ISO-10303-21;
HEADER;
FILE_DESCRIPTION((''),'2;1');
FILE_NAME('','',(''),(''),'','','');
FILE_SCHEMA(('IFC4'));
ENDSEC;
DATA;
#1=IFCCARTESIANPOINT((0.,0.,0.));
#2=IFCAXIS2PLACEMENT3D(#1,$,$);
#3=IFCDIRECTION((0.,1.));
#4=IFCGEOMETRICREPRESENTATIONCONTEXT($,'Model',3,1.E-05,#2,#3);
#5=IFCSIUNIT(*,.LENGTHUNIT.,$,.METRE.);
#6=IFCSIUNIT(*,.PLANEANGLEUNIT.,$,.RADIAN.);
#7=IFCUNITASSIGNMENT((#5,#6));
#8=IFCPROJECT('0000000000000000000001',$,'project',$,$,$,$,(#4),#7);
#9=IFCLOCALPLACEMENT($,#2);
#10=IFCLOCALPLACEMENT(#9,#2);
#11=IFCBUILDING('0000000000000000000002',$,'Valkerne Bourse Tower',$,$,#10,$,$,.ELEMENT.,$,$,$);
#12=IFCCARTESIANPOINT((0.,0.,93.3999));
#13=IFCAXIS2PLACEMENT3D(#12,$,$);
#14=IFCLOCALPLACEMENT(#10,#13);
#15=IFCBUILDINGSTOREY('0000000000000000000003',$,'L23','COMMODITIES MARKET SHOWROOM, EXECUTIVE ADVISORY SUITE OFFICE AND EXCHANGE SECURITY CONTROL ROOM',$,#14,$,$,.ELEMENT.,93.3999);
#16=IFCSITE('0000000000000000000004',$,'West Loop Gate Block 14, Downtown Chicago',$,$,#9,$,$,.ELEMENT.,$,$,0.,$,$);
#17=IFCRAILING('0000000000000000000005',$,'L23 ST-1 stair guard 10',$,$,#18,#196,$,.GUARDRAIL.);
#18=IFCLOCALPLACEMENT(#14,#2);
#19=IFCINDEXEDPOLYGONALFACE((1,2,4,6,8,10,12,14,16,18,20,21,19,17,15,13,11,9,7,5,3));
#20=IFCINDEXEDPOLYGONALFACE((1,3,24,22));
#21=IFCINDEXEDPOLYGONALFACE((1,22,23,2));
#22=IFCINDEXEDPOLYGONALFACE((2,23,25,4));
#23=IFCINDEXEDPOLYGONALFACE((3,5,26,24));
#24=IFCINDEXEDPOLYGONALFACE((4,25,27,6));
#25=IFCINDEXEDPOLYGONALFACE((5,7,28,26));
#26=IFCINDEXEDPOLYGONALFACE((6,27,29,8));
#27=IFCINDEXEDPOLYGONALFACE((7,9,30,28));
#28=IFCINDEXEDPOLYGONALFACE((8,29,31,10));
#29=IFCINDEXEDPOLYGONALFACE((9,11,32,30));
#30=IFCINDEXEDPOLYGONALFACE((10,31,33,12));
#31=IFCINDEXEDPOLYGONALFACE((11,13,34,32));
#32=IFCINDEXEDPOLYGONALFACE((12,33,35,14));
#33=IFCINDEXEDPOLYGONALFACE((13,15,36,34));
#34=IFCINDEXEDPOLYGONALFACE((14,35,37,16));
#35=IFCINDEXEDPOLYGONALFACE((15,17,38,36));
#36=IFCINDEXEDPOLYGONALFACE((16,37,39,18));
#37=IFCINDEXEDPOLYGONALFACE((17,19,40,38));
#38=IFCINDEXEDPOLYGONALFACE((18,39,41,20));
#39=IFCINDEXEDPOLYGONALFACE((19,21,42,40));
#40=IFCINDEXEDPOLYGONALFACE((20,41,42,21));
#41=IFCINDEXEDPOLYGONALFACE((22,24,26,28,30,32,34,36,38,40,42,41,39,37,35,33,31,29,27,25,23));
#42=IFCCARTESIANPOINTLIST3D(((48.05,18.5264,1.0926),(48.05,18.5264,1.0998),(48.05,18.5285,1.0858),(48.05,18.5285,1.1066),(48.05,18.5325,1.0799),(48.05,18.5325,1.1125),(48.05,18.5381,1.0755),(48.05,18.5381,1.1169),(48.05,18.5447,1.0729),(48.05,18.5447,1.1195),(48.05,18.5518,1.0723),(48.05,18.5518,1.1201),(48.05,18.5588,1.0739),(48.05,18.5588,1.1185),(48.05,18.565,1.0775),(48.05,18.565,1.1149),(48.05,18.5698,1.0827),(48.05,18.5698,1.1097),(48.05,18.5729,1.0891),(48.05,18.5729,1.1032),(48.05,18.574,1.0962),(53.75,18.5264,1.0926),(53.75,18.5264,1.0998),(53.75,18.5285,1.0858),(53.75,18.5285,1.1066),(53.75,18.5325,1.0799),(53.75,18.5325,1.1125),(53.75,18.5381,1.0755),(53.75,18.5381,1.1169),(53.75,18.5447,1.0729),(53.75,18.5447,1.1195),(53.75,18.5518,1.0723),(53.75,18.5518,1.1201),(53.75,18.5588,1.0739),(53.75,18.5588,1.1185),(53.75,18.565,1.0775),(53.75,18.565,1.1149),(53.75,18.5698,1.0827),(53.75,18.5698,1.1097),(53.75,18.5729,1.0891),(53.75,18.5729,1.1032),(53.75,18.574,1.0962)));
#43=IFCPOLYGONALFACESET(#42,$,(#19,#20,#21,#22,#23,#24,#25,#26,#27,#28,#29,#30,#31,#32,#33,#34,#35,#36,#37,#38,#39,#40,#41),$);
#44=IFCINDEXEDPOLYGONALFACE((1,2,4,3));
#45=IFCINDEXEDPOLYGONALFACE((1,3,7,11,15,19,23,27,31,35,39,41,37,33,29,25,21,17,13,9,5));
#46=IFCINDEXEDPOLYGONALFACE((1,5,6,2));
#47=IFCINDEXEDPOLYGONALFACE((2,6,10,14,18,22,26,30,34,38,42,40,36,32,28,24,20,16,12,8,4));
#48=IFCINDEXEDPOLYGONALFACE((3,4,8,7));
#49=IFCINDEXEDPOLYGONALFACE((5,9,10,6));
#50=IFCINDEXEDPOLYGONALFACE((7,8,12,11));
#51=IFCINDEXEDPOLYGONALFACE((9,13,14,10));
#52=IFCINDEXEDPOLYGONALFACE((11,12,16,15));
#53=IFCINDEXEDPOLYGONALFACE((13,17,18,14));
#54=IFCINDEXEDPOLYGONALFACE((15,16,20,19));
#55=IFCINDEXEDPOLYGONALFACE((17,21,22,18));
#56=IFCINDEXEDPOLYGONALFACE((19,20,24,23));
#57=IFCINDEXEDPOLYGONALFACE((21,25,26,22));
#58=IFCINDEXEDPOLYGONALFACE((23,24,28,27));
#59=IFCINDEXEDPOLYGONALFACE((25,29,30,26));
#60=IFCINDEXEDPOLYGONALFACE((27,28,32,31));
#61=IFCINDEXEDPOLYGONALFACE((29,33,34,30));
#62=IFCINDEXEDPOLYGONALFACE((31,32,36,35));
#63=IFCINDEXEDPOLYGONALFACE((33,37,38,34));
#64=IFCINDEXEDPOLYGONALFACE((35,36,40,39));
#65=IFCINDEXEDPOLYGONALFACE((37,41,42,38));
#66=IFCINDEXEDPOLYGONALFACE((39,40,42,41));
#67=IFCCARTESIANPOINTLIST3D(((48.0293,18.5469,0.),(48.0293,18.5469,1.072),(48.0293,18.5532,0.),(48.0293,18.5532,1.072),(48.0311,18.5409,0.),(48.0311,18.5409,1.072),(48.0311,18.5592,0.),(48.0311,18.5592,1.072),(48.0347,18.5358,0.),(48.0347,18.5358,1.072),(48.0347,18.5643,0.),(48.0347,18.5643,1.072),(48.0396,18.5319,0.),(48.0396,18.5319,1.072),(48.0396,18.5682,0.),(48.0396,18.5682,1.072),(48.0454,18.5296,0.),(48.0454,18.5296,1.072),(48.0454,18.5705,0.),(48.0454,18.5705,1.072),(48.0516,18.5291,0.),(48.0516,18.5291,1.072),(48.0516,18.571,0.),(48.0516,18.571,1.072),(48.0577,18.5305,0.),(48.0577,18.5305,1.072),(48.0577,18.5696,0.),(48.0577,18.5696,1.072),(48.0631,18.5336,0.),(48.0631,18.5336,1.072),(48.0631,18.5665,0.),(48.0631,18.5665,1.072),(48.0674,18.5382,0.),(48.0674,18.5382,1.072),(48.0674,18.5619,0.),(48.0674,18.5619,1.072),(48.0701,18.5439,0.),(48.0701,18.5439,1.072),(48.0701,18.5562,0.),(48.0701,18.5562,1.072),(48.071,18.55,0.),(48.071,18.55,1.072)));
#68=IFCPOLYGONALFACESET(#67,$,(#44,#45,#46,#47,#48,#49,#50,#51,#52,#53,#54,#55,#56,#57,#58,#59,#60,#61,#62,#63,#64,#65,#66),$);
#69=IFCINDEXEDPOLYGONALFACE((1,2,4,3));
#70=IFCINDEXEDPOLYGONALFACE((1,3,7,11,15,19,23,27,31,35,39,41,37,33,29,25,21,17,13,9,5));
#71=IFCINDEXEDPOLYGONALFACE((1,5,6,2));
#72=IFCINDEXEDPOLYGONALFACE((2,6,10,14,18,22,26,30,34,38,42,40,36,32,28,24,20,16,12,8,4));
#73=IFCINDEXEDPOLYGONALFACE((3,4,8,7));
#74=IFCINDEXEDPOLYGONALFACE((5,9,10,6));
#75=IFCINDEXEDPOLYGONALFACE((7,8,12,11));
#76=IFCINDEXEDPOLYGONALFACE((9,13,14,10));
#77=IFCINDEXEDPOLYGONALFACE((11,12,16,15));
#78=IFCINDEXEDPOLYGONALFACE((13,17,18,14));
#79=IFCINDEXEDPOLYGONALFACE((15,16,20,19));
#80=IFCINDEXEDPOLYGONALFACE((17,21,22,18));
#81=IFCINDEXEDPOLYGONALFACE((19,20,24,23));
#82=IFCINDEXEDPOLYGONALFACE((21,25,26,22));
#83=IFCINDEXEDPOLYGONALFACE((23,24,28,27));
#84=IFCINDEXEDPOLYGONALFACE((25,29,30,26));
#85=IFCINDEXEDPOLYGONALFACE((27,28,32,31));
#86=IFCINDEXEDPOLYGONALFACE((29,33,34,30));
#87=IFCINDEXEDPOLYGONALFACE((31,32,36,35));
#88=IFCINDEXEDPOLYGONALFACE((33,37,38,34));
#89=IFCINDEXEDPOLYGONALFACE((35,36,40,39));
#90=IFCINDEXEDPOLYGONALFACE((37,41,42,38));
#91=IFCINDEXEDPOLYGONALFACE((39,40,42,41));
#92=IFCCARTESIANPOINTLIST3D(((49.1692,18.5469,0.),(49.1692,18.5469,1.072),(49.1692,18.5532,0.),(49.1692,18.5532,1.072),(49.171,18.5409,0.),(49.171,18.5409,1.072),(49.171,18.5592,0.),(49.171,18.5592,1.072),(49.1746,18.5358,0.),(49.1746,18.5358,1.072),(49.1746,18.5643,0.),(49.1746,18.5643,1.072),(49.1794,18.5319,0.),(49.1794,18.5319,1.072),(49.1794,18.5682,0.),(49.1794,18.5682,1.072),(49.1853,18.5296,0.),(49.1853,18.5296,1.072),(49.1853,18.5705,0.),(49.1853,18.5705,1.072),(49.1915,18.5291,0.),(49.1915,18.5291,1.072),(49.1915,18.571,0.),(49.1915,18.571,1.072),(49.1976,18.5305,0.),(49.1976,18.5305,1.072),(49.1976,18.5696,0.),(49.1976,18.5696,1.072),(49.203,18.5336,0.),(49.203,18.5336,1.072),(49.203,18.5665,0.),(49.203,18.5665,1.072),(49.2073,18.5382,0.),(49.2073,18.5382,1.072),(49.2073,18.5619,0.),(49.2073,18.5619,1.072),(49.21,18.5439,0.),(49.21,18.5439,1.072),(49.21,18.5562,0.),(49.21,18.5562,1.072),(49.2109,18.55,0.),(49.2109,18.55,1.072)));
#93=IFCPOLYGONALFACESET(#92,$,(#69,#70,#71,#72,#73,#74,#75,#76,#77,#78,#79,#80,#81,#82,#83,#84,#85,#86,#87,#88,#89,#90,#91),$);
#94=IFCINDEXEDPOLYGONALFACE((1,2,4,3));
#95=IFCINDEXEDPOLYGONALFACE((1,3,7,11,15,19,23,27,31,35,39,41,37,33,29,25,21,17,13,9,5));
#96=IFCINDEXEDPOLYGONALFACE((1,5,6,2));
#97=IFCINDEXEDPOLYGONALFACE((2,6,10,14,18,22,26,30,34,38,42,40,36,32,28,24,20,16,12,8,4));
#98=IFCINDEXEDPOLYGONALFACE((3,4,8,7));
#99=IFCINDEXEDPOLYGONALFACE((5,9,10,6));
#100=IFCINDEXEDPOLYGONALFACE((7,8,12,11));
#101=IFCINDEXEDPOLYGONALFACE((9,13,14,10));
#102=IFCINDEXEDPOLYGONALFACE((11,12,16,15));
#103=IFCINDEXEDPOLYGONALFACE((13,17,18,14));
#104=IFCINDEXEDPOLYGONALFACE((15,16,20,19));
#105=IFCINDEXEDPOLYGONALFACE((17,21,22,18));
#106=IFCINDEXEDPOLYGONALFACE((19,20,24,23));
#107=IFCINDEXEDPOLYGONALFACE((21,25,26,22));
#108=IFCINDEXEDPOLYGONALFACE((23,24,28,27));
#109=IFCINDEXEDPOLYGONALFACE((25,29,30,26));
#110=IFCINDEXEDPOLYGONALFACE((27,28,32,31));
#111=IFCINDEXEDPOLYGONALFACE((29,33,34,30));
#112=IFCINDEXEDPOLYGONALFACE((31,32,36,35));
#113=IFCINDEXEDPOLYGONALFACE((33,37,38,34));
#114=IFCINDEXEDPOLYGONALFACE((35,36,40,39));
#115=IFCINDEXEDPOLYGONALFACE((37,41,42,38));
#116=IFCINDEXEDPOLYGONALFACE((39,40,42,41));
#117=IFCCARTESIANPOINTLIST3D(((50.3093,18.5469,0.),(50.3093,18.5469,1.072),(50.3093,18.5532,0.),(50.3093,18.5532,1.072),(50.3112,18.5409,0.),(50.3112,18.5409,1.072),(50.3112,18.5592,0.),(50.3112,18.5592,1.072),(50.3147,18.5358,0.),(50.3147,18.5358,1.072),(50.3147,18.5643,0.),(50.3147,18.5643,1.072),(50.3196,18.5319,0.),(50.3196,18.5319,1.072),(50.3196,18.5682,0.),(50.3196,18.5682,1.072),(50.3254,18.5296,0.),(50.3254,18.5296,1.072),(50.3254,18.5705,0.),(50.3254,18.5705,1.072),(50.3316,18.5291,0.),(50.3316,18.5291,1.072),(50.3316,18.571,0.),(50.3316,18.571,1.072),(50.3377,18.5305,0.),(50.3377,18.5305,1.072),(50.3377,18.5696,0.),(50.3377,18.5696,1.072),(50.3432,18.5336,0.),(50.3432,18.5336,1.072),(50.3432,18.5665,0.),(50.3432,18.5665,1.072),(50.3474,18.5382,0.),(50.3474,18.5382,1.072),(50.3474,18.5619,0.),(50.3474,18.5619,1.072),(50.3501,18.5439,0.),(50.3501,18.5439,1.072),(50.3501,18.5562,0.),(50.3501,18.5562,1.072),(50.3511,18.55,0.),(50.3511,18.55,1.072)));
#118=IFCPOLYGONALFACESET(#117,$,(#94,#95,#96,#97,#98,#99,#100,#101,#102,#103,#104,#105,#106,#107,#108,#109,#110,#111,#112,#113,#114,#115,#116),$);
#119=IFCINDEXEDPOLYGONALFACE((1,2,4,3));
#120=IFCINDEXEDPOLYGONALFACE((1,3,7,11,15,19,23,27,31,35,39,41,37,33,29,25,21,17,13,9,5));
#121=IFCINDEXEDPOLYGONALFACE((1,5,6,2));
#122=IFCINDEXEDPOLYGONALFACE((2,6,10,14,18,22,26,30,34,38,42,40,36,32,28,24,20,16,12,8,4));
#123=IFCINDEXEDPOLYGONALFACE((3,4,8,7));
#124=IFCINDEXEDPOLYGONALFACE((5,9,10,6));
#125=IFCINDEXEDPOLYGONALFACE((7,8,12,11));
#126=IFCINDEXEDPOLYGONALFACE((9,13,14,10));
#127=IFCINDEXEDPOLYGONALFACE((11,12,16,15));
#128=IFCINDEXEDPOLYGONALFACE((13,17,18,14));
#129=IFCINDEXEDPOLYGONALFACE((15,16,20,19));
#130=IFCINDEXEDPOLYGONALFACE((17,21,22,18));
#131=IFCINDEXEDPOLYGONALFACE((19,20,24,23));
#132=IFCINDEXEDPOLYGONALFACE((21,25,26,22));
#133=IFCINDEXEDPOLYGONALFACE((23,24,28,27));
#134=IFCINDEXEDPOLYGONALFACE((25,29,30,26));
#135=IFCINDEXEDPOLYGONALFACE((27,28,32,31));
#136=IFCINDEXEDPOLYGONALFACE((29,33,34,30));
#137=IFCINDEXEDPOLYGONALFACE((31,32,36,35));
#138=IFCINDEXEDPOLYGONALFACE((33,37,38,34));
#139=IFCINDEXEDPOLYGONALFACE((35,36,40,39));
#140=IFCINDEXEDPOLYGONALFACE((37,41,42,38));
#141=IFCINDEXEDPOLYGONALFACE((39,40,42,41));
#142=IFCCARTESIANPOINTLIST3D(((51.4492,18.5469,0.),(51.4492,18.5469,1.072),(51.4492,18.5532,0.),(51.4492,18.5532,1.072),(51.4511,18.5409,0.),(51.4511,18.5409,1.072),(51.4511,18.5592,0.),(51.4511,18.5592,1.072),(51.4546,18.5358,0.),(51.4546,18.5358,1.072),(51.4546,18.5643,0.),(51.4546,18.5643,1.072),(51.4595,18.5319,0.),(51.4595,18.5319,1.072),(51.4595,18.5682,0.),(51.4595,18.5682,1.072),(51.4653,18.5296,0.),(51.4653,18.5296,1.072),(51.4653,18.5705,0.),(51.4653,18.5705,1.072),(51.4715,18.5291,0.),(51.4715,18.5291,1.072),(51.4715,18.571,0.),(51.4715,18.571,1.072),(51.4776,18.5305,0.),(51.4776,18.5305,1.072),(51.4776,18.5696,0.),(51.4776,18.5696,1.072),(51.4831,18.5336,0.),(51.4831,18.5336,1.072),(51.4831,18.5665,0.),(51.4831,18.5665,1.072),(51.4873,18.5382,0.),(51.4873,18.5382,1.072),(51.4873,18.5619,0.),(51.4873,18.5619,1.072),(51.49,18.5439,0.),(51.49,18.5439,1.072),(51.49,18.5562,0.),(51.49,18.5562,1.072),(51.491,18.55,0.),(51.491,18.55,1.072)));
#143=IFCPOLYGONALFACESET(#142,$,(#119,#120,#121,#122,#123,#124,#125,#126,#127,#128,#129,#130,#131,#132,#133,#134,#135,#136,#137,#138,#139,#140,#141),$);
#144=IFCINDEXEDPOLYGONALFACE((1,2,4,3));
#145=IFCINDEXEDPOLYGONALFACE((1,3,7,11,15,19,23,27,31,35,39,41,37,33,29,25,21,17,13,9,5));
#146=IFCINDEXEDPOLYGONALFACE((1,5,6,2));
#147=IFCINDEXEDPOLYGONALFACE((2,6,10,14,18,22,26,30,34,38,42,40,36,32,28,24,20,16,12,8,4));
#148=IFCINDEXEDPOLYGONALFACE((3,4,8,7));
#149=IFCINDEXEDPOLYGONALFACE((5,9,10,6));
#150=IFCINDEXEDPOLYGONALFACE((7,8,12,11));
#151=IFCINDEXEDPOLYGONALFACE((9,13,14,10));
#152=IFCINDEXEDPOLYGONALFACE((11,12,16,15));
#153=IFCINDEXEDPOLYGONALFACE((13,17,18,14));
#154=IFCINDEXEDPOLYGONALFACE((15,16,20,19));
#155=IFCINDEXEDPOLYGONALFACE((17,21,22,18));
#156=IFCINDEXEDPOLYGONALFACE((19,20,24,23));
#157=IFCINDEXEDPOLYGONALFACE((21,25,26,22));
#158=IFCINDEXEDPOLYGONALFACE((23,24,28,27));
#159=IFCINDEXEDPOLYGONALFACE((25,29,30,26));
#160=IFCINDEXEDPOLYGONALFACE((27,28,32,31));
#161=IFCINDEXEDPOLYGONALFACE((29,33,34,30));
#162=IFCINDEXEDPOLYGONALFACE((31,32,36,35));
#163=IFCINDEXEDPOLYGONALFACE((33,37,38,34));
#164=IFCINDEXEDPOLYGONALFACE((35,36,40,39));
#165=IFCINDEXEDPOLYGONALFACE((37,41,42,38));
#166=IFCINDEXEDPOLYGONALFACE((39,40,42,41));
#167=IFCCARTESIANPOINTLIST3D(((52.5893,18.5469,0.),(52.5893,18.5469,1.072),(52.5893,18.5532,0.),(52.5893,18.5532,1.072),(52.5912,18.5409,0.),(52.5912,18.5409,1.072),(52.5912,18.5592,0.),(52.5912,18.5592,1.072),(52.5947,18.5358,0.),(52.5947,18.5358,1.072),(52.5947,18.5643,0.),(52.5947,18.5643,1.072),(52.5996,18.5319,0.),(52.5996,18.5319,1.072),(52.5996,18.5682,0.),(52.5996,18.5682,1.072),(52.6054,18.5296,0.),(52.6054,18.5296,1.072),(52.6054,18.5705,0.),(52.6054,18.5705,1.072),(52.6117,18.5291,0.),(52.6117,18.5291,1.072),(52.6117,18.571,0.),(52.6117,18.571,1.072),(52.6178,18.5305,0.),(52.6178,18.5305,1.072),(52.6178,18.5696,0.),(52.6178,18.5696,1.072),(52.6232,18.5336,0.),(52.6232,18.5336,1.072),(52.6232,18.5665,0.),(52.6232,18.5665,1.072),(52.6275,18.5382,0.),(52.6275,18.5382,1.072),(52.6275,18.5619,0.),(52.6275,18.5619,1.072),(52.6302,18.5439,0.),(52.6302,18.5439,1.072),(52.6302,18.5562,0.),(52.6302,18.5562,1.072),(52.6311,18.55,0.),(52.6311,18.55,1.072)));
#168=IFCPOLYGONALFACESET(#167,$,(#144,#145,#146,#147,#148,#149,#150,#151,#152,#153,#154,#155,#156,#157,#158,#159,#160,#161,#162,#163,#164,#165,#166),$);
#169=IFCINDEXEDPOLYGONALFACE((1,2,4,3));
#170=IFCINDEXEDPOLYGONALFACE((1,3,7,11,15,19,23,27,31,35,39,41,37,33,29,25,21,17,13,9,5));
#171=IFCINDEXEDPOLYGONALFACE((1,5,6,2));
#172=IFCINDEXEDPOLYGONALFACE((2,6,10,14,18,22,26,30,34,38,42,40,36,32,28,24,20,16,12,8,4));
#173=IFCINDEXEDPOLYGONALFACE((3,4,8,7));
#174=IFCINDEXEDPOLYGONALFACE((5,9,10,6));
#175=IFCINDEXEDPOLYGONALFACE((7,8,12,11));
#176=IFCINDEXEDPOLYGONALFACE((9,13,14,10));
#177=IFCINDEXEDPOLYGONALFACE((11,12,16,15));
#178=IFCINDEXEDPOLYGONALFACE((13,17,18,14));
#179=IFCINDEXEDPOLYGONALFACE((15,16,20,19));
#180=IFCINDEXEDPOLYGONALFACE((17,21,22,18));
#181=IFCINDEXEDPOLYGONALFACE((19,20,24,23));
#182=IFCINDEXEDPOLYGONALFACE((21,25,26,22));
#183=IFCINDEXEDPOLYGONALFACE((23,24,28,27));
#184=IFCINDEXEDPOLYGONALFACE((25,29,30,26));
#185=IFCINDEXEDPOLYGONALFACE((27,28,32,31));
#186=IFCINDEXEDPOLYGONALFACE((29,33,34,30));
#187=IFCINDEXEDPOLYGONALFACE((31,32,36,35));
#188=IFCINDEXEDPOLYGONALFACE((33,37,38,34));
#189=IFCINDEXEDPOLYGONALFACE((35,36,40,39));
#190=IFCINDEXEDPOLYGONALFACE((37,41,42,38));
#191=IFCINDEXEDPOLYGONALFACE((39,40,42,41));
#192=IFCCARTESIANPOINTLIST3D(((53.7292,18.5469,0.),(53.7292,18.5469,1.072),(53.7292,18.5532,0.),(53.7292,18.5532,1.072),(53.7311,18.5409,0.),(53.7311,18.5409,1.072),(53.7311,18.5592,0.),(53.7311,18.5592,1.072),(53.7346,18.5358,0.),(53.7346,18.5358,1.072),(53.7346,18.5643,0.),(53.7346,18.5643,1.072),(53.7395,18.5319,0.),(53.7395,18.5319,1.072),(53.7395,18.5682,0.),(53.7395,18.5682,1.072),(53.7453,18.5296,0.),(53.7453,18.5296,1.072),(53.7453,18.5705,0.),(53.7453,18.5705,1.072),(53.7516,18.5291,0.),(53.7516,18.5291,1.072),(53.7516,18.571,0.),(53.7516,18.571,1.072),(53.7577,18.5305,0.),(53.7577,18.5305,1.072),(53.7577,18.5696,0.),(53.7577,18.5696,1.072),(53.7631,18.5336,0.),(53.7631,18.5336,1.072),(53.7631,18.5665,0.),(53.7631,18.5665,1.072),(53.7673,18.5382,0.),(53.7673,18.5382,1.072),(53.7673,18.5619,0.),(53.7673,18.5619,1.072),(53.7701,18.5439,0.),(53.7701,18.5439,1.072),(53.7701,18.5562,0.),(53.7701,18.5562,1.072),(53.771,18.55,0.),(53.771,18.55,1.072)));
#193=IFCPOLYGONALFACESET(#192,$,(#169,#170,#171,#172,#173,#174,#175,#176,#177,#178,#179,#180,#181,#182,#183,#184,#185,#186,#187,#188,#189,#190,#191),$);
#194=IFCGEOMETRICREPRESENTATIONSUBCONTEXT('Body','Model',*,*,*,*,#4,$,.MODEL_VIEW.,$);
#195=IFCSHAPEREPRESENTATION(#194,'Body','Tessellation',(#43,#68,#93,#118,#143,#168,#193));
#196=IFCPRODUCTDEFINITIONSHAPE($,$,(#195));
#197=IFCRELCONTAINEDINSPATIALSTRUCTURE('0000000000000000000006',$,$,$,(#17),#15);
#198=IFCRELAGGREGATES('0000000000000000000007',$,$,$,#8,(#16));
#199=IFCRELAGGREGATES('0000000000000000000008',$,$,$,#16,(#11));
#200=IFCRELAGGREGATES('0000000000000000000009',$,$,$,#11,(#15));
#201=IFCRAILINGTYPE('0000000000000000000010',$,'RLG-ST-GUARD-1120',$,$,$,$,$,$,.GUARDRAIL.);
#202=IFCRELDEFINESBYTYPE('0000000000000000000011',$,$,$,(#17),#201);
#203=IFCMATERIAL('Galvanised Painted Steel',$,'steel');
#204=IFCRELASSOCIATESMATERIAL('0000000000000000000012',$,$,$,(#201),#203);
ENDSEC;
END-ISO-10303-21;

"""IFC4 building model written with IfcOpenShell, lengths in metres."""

from ifc_helpers import new_model, si_unit, direction, frame, origin, origin_2d, place, context, subcontext, project, spatial, circle, extrude, material, type_object, element, save


model = new_model("IFC4")

# Units and contexts
model_context = context("Model", 3, precision=1e-05, world=origin(), true_north=direction((0.0, 1.0)))
body_context = subcontext(model_context, "Body", "Model", "MODEL_VIEW")
ifc_project = project(units=[si_unit("LENGTHUNIT", "METRE"), si_unit("PLANEANGLEUNIT", "RADIAN")], contexts=[model_context])

# Site, building, storey
site_placement = place(None, origin())
site = spatial("IfcSite", under=ifc_project, at=site_placement, Name="West Loop Gate Block 14, Downtown Chicago", CompositionType="ELEMENT", RefElevation=0.0)
building_placement = place(site_placement, origin())
building = spatial("IfcBuilding", under=site, at=building_placement, Name="Valkerne Bourse Tower", CompositionType="ELEMENT")
storey_placement = place(building_placement, frame((0.0, 0.0, 93.3999)))
storey = spatial("IfcBuildingStorey", under=building, at=storey_placement, Name="L23", Description="COMMODITIES MARKET SHOWROOM, EXECUTIVE ADVISORY SUITE OFFICE AND EXCHANGE SECURITY CONTROL ROOM", CompositionType="ELEMENT", Elevation=93.3999)

# Shared definitions
ifc_material_1 = material(Name="Galvanised Painted Steel", Category="steel")

# Railing
railing_type = type_object("IfcRailingType", Name="RLG-ST-GUARD-1120", PredefinedType="GUARDRAIL", material=ifc_material_1)
for number, where, name in (
    (1, (48.05, 18.55, 0.0), "L23 ST-1 stair guard 10"),
):
    element("IfcRailing", number, at=place(storey_placement, frame(where)), inside=storey, type_object=railing_type, Name=name, PredefinedType="GUARDRAIL", context=body_context, shape_type="SweptSolid", body=[
        extrude(circle(Radius=0.0239, at=origin_2d()), frame((0.0, 0.0, 1.0962), z_axis=(1.0, 0.0, 0.0), x_axis=(0.0, 1.0, 0.0)), (0.0, 0.0, 1.0), 5.7),
        extrude(circle(Radius=0.021, at=origin_2d()), origin(), (0.0, 0.0, 1.0), 1.072),
        extrude(circle(Radius=0.021, at=origin_2d()), frame((1.1399, 0.0, 0.0)), (0.0, 0.0, 1.0), 1.072),
        extrude(circle(Radius=0.021, at=origin_2d()), frame((2.28, 0.0, 0.0)), (0.0, 0.0, 1.0), 1.072),
        extrude(circle(Radius=0.021, at=origin_2d()), frame((3.4199, 0.0, 0.0)), (0.0, 0.0, 1.0), 1.072),
        extrude(circle(Radius=0.021, at=origin_2d()), frame((4.5601, 0.0, 0.0)), (0.0, 0.0, 1.0), 1.072),
        extrude(circle(Radius=0.021, at=origin_2d()), frame((5.7, 0.0, 0.0)), (0.0, 0.0, 1.0), 1.072),
    ])

save(model, "model.ifc")
